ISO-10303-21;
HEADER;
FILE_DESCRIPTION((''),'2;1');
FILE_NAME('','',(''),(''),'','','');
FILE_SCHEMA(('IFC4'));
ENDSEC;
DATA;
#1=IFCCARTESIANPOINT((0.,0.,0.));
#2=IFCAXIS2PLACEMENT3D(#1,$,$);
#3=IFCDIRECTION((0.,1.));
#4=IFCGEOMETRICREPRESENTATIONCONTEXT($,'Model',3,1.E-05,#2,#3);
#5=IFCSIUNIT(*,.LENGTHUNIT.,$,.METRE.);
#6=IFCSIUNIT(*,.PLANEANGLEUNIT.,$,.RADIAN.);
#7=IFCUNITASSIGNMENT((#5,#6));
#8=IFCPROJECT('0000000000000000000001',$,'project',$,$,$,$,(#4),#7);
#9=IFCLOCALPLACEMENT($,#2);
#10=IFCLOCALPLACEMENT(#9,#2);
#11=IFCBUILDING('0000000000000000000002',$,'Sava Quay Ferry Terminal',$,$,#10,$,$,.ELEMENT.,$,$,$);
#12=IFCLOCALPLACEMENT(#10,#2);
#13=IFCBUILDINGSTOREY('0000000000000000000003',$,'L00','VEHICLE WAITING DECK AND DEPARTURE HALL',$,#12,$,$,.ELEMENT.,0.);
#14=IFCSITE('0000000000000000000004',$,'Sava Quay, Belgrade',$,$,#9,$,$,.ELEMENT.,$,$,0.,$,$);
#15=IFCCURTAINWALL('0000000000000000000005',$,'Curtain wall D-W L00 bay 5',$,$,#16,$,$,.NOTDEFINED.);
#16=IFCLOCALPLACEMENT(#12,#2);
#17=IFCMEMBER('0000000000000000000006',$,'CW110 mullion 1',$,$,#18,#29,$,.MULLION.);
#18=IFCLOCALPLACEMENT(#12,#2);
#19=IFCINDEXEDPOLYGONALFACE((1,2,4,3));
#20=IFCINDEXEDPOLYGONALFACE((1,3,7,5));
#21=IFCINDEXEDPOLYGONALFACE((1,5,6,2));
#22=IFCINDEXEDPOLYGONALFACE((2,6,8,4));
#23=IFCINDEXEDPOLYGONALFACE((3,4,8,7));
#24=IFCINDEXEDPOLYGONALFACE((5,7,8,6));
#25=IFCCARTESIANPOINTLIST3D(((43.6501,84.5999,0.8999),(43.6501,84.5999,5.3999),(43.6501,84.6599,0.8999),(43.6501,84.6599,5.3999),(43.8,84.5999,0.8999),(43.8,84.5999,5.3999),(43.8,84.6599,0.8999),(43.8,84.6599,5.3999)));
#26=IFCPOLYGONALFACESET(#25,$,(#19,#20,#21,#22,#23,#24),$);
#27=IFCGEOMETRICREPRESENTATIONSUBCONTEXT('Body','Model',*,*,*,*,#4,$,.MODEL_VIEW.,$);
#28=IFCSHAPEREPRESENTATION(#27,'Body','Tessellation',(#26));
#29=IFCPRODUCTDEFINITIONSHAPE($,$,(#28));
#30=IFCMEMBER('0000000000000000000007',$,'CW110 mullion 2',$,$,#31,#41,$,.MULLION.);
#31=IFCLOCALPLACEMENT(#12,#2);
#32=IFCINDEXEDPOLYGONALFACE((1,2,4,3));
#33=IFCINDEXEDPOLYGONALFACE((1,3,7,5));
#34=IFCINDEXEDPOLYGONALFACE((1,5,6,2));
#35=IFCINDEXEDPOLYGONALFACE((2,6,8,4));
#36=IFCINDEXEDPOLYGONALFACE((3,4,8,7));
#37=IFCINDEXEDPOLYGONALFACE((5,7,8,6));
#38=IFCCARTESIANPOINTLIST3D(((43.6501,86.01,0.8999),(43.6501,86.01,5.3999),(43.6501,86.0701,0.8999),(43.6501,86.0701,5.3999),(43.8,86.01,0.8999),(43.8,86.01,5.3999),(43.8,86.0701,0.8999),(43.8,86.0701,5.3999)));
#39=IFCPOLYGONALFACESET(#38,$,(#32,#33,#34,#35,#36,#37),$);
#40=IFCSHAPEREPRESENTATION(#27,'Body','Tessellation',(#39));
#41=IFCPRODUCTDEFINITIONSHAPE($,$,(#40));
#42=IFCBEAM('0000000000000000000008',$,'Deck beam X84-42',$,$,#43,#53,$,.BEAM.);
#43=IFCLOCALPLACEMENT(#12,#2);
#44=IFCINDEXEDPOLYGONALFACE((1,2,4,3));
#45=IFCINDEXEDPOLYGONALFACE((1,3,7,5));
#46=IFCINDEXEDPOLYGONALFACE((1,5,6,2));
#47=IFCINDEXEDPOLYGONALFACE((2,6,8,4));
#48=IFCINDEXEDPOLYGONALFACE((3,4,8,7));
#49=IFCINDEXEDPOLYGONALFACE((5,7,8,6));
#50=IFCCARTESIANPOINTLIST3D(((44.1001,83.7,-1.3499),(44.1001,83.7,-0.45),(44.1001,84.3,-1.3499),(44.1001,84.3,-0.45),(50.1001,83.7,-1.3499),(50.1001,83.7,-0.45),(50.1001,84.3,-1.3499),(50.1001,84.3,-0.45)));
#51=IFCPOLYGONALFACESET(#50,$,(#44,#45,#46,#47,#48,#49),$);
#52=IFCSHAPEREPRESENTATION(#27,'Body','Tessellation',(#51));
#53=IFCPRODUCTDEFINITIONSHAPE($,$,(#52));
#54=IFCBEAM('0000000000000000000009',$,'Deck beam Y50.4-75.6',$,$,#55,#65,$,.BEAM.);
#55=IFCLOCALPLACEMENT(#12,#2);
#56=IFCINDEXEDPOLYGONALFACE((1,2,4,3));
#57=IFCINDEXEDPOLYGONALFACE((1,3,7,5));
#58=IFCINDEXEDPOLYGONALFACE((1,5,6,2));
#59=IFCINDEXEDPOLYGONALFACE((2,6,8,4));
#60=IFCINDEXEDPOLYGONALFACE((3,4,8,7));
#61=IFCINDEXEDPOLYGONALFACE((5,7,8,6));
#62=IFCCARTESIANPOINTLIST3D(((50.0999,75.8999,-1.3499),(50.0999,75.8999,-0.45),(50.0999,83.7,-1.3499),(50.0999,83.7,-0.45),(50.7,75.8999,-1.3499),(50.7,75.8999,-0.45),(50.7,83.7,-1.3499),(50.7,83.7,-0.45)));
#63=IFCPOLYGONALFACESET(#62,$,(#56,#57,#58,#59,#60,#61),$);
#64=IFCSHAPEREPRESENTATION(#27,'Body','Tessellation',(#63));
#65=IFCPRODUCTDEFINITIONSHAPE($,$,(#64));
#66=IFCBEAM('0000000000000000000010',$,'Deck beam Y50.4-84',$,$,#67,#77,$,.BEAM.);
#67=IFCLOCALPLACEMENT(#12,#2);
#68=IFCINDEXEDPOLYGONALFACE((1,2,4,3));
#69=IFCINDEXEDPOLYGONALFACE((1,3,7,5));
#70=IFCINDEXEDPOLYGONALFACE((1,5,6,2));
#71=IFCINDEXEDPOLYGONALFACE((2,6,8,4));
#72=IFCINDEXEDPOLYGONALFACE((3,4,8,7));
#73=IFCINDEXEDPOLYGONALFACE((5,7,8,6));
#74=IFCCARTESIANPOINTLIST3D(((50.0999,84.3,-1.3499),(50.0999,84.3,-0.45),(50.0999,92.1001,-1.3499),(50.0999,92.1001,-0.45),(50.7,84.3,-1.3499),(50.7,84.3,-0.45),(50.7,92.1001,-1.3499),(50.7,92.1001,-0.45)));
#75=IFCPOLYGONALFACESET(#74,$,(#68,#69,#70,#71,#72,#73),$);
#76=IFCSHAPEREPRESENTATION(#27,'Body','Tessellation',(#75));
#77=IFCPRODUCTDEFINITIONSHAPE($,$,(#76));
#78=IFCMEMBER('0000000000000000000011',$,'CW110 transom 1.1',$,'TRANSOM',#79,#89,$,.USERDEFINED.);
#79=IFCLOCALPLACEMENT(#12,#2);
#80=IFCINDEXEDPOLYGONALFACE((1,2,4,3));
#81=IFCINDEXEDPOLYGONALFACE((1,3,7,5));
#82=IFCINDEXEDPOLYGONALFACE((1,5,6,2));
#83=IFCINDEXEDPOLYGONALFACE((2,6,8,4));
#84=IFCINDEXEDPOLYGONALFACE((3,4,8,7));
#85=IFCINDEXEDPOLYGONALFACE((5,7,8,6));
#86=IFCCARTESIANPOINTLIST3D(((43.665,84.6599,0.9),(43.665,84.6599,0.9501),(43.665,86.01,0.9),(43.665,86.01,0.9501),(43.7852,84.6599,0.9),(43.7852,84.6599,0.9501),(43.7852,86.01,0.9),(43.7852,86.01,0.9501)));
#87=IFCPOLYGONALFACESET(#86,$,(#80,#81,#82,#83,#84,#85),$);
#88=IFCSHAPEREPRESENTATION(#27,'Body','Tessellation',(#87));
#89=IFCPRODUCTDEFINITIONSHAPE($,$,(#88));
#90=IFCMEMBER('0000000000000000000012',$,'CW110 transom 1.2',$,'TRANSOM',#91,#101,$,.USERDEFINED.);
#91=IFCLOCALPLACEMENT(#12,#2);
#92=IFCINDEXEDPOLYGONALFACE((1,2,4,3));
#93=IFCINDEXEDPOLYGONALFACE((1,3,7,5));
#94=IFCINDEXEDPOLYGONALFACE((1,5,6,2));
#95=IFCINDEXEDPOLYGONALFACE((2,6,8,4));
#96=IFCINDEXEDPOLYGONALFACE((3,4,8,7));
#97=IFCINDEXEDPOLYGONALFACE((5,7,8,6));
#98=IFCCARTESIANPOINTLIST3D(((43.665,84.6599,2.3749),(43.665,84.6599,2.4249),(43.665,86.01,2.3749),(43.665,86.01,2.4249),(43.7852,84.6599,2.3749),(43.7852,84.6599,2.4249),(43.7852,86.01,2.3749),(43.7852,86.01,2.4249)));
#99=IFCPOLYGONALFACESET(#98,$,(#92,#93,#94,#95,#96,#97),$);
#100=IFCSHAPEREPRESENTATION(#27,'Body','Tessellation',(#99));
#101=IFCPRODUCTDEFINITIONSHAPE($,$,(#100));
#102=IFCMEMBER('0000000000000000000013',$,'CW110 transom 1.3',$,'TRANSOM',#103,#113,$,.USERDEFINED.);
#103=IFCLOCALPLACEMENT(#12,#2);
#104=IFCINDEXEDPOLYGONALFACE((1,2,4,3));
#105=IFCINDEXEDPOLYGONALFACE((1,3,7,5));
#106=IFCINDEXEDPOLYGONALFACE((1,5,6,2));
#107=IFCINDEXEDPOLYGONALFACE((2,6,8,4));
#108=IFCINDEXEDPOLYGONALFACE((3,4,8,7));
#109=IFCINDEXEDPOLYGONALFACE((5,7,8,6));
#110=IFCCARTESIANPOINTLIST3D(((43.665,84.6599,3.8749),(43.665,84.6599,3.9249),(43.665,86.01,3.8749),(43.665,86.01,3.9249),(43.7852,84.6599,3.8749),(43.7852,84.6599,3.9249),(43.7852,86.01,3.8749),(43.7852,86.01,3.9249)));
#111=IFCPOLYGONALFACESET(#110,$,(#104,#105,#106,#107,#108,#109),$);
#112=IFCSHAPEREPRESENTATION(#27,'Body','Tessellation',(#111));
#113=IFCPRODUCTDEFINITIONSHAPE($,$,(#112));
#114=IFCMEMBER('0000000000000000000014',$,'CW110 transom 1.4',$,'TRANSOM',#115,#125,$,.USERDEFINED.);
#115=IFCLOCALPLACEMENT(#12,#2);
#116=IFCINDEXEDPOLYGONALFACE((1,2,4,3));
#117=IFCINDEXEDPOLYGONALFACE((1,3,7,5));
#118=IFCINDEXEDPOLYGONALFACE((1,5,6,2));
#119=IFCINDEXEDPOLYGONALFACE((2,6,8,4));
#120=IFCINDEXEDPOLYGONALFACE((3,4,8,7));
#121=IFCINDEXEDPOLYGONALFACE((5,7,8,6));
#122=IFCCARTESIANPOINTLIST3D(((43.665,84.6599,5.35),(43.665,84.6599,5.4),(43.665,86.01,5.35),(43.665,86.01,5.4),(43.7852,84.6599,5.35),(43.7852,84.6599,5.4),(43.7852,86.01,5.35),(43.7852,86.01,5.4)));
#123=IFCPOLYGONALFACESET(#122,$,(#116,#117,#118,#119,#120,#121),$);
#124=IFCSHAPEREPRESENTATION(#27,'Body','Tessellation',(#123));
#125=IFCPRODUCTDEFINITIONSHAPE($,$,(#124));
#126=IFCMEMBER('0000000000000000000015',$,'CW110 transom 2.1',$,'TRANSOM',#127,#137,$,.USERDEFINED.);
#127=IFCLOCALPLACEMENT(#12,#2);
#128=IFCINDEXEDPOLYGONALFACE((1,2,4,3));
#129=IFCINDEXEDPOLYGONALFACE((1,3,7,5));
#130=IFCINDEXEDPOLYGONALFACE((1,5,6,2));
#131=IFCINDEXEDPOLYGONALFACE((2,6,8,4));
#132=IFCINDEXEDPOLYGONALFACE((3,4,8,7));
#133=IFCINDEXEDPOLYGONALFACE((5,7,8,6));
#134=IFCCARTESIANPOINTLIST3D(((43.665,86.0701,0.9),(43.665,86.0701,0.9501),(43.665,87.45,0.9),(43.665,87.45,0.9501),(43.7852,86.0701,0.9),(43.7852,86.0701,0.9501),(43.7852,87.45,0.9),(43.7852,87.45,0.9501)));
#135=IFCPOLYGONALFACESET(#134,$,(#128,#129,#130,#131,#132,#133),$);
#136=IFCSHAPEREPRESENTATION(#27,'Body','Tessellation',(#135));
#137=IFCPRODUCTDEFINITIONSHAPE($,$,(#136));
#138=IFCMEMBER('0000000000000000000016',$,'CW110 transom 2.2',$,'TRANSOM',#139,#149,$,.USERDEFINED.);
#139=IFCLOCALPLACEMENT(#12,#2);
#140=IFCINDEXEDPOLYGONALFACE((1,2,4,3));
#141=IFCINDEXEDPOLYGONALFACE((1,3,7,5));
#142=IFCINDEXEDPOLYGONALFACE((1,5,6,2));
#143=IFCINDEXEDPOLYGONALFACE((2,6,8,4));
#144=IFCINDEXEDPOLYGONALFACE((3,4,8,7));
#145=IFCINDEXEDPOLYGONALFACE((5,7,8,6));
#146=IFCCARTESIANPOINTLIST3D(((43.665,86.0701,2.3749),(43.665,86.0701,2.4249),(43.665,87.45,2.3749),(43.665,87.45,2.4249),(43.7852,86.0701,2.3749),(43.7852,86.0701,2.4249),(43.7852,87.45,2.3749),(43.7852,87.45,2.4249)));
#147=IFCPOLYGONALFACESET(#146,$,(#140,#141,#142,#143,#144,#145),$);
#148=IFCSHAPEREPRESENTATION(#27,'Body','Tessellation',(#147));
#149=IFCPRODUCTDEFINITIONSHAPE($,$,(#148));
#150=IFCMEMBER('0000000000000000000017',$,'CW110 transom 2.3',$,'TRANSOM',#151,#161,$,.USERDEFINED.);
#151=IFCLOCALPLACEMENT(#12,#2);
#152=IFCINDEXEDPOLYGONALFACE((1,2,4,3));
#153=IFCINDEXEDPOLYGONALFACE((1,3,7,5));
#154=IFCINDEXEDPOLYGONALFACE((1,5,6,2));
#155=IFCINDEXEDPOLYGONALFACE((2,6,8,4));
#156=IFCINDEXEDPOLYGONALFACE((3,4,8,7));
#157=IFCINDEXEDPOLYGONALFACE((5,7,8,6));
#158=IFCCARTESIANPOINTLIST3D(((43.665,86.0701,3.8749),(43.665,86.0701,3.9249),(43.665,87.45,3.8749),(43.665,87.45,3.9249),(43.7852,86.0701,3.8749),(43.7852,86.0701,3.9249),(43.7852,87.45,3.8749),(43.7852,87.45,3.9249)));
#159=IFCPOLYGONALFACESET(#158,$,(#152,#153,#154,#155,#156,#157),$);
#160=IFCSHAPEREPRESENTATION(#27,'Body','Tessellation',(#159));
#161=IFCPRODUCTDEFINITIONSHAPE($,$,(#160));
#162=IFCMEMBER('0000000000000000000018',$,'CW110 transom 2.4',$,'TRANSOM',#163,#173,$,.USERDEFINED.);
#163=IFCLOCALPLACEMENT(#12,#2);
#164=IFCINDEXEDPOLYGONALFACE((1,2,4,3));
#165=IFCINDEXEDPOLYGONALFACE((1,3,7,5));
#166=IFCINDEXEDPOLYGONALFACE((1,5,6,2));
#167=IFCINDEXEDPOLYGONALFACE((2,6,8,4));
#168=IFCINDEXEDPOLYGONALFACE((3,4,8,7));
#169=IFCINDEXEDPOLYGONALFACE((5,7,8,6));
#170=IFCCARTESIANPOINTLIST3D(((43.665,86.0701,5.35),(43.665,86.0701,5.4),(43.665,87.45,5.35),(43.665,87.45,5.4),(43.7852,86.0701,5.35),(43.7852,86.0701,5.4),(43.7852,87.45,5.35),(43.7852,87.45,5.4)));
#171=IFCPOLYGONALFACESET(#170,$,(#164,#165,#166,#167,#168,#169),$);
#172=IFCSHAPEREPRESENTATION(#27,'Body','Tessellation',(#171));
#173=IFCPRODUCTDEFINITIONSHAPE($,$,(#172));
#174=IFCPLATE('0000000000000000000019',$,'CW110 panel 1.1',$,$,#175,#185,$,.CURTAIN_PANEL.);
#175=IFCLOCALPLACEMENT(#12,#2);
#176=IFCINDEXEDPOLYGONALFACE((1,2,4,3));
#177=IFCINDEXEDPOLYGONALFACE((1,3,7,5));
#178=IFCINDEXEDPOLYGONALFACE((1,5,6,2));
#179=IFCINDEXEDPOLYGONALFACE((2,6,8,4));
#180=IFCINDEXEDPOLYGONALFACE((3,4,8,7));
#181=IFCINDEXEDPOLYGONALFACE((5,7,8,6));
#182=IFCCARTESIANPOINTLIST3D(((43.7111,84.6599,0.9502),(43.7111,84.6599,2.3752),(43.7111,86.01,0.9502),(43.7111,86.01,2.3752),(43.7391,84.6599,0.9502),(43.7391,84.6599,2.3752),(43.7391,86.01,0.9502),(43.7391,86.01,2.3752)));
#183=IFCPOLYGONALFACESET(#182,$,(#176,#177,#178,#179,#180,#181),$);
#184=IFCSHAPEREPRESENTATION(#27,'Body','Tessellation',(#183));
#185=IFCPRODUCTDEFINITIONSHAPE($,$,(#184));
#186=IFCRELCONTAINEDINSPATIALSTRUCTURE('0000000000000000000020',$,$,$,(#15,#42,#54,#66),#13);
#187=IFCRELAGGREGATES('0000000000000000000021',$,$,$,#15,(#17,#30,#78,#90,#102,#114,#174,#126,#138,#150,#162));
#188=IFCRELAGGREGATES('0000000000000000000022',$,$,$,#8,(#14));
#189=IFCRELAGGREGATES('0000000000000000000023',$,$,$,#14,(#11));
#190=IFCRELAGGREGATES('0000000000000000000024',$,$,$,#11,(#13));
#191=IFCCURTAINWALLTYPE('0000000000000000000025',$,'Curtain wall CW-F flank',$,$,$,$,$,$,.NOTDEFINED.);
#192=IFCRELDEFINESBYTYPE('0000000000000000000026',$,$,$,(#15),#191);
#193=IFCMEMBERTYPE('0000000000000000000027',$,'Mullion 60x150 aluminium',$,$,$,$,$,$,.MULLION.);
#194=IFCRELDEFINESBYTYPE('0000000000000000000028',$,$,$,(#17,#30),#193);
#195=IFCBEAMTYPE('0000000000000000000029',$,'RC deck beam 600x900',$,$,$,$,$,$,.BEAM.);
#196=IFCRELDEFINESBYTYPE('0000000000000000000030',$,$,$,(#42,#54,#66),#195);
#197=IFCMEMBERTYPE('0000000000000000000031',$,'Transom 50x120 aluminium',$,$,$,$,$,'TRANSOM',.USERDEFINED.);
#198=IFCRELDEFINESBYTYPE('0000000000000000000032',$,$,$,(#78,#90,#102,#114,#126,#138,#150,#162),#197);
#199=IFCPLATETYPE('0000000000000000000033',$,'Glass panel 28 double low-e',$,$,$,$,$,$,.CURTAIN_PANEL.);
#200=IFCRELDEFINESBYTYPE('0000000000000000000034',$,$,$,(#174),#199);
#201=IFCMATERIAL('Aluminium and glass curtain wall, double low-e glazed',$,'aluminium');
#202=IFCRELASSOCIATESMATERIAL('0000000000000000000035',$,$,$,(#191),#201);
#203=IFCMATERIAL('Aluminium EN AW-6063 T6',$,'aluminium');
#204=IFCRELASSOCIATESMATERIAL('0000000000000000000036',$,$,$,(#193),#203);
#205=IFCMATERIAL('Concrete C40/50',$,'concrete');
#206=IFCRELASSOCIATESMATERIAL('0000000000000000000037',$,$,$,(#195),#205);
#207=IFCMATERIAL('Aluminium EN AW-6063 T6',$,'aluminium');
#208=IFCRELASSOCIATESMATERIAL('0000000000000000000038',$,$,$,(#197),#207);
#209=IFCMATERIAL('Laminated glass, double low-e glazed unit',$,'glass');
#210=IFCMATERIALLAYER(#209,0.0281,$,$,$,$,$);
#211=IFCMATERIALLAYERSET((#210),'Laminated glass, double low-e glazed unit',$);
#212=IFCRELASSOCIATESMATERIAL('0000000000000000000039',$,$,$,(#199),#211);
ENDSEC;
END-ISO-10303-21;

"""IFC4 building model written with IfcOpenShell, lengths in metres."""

from ifc_helpers import new_model, si_unit, direction, frame, origin, origin_2d, place, context, subcontext, project, spatial, rectangle, extrude, material, layer, layer_set, material_profile, profile_set, type_object, element, aggregate, save


model = new_model("IFC4")

# Units and contexts
model_context = context("Model", 3, precision=1e-05, world=origin(), true_north=direction((0.0, 1.0)))
body_context = subcontext(model_context, "Body", "Model", "MODEL_VIEW")
ifc_project = project(units=[si_unit("LENGTHUNIT", "METRE"), si_unit("PLANEANGLEUNIT", "RADIAN")], contexts=[model_context])

# Site, building, storey
site_placement = place(None, origin())
site = spatial("IfcSite", under=ifc_project, at=site_placement, Name="Sava Quay, Belgrade", CompositionType="ELEMENT", RefElevation=0.0)
building_placement = place(site_placement, origin())
building = spatial("IfcBuilding", under=site, at=building_placement, Name="Sava Quay Ferry Terminal", CompositionType="ELEMENT")
storey_placement = place(building_placement, origin())
storey = spatial("IfcBuildingStorey", under=building, at=storey_placement, Name="L00", Description="VEHICLE WAITING DECK AND DEPARTURE HALL", CompositionType="ELEMENT", Elevation=0.0)

# Curtain wall, members
ifc_material_1 = material(Name="Aluminium and glass curtain wall, double low-e glazed", Category="aluminium")
curtain_wall_type = type_object("IfcCurtainWallType", Name="Curtain wall CW-F flank", PredefinedType="NOTDEFINED", material=ifc_material_1)
curtain_wall_placement = place(storey_placement, origin())
curtain_wall = element("IfcCurtainWall", 1, at=curtain_wall_placement, inside=storey, type_object=curtain_wall_type, Name="Curtain wall D-W L00 bay 5", PredefinedType="NOTDEFINED")
ifc_material_2 = material(Name="Aluminium EN AW-6063 T6", Category="aluminium")
ifc_material_profile_1 = material_profile(ifc_material_2, rectangle(XDim=0.1499, YDim=0.0601, at=origin_2d()), Name="Mullion 60x150 aluminium")
ifc_profile_set_1 = profile_set([ifc_material_profile_1], Name="Aluminium EN AW-6063 T6")
member_type_1 = type_object("IfcMemberType", Name="Mullion 60x150 aluminium", PredefinedType="MULLION", material=ifc_profile_set_1)
member_1_placement = place(storey_placement, frame((43.7251, 84.6299, 0.8999), z_axis=(0.0, 0.0, 1.0), x_axis=(-1.0, 0.0, 0.0)))
member_1 = element("IfcMember", 2, at=member_1_placement, type_object=member_type_1, Name="CW110 mullion 1", PredefinedType="MULLION", context=body_context, shape_type="SweptSolid", body=[
    extrude(rectangle(XDim=0.1499, YDim=0.0601, at=origin_2d()), origin(), (0.0, 0.0, 1.0), 4.5),
])
member_2_placement = place(storey_placement, frame((43.7251, 86.04, 0.8999), z_axis=(0.0, 0.0, 1.0), x_axis=(-1.0, 0.0, 0.0)))
member_2 = element("IfcMember", 3, at=member_2_placement, type_object=member_type_1, Name="CW110 mullion 2", PredefinedType="MULLION", context=body_context, shape_type="SweptSolid", body=[
    extrude(rectangle(XDim=0.1499, YDim=0.0601, at=origin_2d()), origin(), (0.0, 0.0, 1.0), 4.5),
])

# Beams
ifc_material_3 = material(Name="Concrete C40/50", Category="concrete")
ifc_material_profile_2 = material_profile(ifc_material_3, rectangle(XDim=0.6001, YDim=0.8999, at=origin_2d()), Name="RC 600x900")
ifc_profile_set_2 = profile_set([ifc_material_profile_2], Name="Concrete C40/50")
beam_type = type_object("IfcBeamType", Name="RC deck beam 600x900", PredefinedType="BEAM", material=ifc_profile_set_2)
beam_placement = place(storey_placement, frame((44.1001, 84.0, -0.8999), z_axis=(1.0, 0.0, 0.0), x_axis=(0.0, 1.0, 0.0)))
element("IfcBeam", 4, at=beam_placement, inside=storey, type_object=beam_type, Name="Deck beam X84-42", PredefinedType="BEAM", context=body_context, shape_type="SweptSolid", body=[
    extrude(rectangle(XDim=0.6001, YDim=0.8999, at=origin_2d()), origin(), (0.0, 0.0, 1.0), 6.0),
])
for number, where, z_axis, x_axis, name in (
    (5, (50.3999, 75.8999, -0.8999), (0.0, 1.0, 0.0), (-1.0, 0.0, 0.0), "Deck beam Y50.4-75.6"),
    (6, (50.3999, 84.3, -0.8999), (0.0, 1.0, 0.0), (-1.0, 0.0, 0.0), "Deck beam Y50.4-84"),
):
    element("IfcBeam", number, at=place(storey_placement, frame(where, z_axis=z_axis, x_axis=x_axis)), inside=storey, type_object=beam_type, Name=name, PredefinedType="BEAM", context=body_context, shape_type="SweptSolid", body=[
        extrude(rectangle(XDim=0.6001, YDim=0.8999, at=origin_2d()), origin(), (0.0, 0.0, 1.0), 7.8),
    ])

# Members
ifc_material_4 = material(Name="Aluminium EN AW-6063 T6", Category="aluminium")
ifc_material_profile_3 = material_profile(ifc_material_4, rectangle(XDim=0.1201, YDim=0.05, at=origin_2d()), Name="Transom 50x120 aluminium")
ifc_profile_set_3 = profile_set([ifc_material_profile_3], Name="Aluminium EN AW-6063 T6")
member_type_2 = type_object("IfcMemberType", Name="Transom 50x120 aluminium", ElementType="TRANSOM", PredefinedType="USERDEFINED", material=ifc_profile_set_3)
member_3_placement = place(storey_placement, frame((43.7251, 84.6599, 0.925), z_axis=(0.0, 1.0, 0.0), x_axis=(-1.0, 0.0, 0.0)))
member_3 = element("IfcMember", 7, at=member_3_placement, type_object=member_type_2, Name="CW110 transom 1.1", ObjectType="TRANSOM", PredefinedType="USERDEFINED", context=body_context, shape_type="SweptSolid", body=[
    extrude(rectangle(XDim=0.1201, YDim=0.05, at=origin_2d()), origin(), (0.0, 0.0, 1.0), 1.3501),
])
member_4_placement = place(storey_placement, frame((43.7251, 84.6599, 2.3999), z_axis=(0.0, 1.0, 0.0), x_axis=(-1.0, 0.0, 0.0)))
member_4 = element("IfcMember", 8, at=member_4_placement, type_object=member_type_2, Name="CW110 transom 1.2", ObjectType="TRANSOM", PredefinedType="USERDEFINED", context=body_context, shape_type="SweptSolid", body=[
    extrude(rectangle(XDim=0.1201, YDim=0.05, at=origin_2d()), origin(), (0.0, 0.0, 1.0), 1.3501),
])
member_5_placement = place(storey_placement, frame((43.7251, 84.6599, 3.8999), z_axis=(0.0, 1.0, 0.0), x_axis=(-1.0, 0.0, 0.0)))
member_5 = element("IfcMember", 9, at=member_5_placement, type_object=member_type_2, Name="CW110 transom 1.3", ObjectType="TRANSOM", PredefinedType="USERDEFINED", context=body_context, shape_type="SweptSolid", body=[
    extrude(rectangle(XDim=0.1201, YDim=0.05, at=origin_2d()), origin(), (0.0, 0.0, 1.0), 1.3501),
])
member_6_placement = place(storey_placement, frame((43.7251, 84.6599, 5.375), z_axis=(0.0, 1.0, 0.0), x_axis=(-1.0, 0.0, 0.0)))
member_6 = element("IfcMember", 10, at=member_6_placement, type_object=member_type_2, Name="CW110 transom 1.4", ObjectType="TRANSOM", PredefinedType="USERDEFINED", context=body_context, shape_type="SweptSolid", body=[
    extrude(rectangle(XDim=0.1201, YDim=0.05, at=origin_2d()), origin(), (0.0, 0.0, 1.0), 1.3501),
])
member_7_placement = place(storey_placement, frame((43.7251, 86.0701, 0.925), z_axis=(0.0, 1.0, 0.0), x_axis=(-1.0, 0.0, 0.0)))
member_7 = element("IfcMember", 11, at=member_7_placement, type_object=member_type_2, Name="CW110 transom 2.1", ObjectType="TRANSOM", PredefinedType="USERDEFINED", context=body_context, shape_type="SweptSolid", body=[
    extrude(rectangle(XDim=0.1201, YDim=0.05, at=origin_2d()), origin(), (0.0, 0.0, 1.0), 1.3799),
])
member_8_placement = place(storey_placement, frame((43.7251, 86.0701, 2.3999), z_axis=(0.0, 1.0, 0.0), x_axis=(-1.0, 0.0, 0.0)))
member_8 = element("IfcMember", 12, at=member_8_placement, type_object=member_type_2, Name="CW110 transom 2.2", ObjectType="TRANSOM", PredefinedType="USERDEFINED", context=body_context, shape_type="SweptSolid", body=[
    extrude(rectangle(XDim=0.1201, YDim=0.05, at=origin_2d()), origin(), (0.0, 0.0, 1.0), 1.3799),
])
member_9_placement = place(storey_placement, frame((43.7251, 86.0701, 3.8999), z_axis=(0.0, 1.0, 0.0), x_axis=(-1.0, 0.0, 0.0)))
member_9 = element("IfcMember", 13, at=member_9_placement, type_object=member_type_2, Name="CW110 transom 2.3", ObjectType="TRANSOM", PredefinedType="USERDEFINED", context=body_context, shape_type="SweptSolid", body=[
    extrude(rectangle(XDim=0.1201, YDim=0.05, at=origin_2d()), origin(), (0.0, 0.0, 1.0), 1.3799),
])
member_10_placement = place(storey_placement, frame((43.7251, 86.0701, 5.375), z_axis=(0.0, 1.0, 0.0), x_axis=(-1.0, 0.0, 0.0)))
member_10 = element("IfcMember", 14, at=member_10_placement, type_object=member_type_2, Name="CW110 transom 2.4", ObjectType="TRANSOM", PredefinedType="USERDEFINED", context=body_context, shape_type="SweptSolid", body=[
    extrude(rectangle(XDim=0.1201, YDim=0.05, at=origin_2d()), origin(), (0.0, 0.0, 1.0), 1.3799),
])

# Plate
ifc_material_5 = material(Name="Laminated glass, double low-e glazed unit", Category="glass")
ifc_layer_1 = layer(ifc_material_5, 0.0281)
ifc_layer_set_1 = layer_set([ifc_layer_1], Name="Laminated glass, double low-e glazed unit")
plate_type = type_object("IfcPlateType", Name="Glass panel 28 double low-e", PredefinedType="CURTAIN_PANEL", material=ifc_layer_set_1)
plate_1_placement = place(storey_placement, frame((43.7251, 85.335, 0.9502), z_axis=(0.0, 0.0, 1.0), x_axis=(0.0, 1.0, 0.0)))
plate_1 = element("IfcPlate", 15, at=plate_1_placement, type_object=plate_type, Name="CW110 panel 1.1", PredefinedType="CURTAIN_PANEL", context=body_context, shape_type="SweptSolid", body=[
    extrude(rectangle(XDim=1.3501, YDim=0.0281, at=origin_2d()), origin(), (0.0, 0.0, 1.0), 1.425),
])
aggregate(curtain_wall, [member_1, member_2, member_3, member_4, member_5, member_6, plate_1, member_7, member_8, member_9, member_10])

save(model, "model.ifc")
